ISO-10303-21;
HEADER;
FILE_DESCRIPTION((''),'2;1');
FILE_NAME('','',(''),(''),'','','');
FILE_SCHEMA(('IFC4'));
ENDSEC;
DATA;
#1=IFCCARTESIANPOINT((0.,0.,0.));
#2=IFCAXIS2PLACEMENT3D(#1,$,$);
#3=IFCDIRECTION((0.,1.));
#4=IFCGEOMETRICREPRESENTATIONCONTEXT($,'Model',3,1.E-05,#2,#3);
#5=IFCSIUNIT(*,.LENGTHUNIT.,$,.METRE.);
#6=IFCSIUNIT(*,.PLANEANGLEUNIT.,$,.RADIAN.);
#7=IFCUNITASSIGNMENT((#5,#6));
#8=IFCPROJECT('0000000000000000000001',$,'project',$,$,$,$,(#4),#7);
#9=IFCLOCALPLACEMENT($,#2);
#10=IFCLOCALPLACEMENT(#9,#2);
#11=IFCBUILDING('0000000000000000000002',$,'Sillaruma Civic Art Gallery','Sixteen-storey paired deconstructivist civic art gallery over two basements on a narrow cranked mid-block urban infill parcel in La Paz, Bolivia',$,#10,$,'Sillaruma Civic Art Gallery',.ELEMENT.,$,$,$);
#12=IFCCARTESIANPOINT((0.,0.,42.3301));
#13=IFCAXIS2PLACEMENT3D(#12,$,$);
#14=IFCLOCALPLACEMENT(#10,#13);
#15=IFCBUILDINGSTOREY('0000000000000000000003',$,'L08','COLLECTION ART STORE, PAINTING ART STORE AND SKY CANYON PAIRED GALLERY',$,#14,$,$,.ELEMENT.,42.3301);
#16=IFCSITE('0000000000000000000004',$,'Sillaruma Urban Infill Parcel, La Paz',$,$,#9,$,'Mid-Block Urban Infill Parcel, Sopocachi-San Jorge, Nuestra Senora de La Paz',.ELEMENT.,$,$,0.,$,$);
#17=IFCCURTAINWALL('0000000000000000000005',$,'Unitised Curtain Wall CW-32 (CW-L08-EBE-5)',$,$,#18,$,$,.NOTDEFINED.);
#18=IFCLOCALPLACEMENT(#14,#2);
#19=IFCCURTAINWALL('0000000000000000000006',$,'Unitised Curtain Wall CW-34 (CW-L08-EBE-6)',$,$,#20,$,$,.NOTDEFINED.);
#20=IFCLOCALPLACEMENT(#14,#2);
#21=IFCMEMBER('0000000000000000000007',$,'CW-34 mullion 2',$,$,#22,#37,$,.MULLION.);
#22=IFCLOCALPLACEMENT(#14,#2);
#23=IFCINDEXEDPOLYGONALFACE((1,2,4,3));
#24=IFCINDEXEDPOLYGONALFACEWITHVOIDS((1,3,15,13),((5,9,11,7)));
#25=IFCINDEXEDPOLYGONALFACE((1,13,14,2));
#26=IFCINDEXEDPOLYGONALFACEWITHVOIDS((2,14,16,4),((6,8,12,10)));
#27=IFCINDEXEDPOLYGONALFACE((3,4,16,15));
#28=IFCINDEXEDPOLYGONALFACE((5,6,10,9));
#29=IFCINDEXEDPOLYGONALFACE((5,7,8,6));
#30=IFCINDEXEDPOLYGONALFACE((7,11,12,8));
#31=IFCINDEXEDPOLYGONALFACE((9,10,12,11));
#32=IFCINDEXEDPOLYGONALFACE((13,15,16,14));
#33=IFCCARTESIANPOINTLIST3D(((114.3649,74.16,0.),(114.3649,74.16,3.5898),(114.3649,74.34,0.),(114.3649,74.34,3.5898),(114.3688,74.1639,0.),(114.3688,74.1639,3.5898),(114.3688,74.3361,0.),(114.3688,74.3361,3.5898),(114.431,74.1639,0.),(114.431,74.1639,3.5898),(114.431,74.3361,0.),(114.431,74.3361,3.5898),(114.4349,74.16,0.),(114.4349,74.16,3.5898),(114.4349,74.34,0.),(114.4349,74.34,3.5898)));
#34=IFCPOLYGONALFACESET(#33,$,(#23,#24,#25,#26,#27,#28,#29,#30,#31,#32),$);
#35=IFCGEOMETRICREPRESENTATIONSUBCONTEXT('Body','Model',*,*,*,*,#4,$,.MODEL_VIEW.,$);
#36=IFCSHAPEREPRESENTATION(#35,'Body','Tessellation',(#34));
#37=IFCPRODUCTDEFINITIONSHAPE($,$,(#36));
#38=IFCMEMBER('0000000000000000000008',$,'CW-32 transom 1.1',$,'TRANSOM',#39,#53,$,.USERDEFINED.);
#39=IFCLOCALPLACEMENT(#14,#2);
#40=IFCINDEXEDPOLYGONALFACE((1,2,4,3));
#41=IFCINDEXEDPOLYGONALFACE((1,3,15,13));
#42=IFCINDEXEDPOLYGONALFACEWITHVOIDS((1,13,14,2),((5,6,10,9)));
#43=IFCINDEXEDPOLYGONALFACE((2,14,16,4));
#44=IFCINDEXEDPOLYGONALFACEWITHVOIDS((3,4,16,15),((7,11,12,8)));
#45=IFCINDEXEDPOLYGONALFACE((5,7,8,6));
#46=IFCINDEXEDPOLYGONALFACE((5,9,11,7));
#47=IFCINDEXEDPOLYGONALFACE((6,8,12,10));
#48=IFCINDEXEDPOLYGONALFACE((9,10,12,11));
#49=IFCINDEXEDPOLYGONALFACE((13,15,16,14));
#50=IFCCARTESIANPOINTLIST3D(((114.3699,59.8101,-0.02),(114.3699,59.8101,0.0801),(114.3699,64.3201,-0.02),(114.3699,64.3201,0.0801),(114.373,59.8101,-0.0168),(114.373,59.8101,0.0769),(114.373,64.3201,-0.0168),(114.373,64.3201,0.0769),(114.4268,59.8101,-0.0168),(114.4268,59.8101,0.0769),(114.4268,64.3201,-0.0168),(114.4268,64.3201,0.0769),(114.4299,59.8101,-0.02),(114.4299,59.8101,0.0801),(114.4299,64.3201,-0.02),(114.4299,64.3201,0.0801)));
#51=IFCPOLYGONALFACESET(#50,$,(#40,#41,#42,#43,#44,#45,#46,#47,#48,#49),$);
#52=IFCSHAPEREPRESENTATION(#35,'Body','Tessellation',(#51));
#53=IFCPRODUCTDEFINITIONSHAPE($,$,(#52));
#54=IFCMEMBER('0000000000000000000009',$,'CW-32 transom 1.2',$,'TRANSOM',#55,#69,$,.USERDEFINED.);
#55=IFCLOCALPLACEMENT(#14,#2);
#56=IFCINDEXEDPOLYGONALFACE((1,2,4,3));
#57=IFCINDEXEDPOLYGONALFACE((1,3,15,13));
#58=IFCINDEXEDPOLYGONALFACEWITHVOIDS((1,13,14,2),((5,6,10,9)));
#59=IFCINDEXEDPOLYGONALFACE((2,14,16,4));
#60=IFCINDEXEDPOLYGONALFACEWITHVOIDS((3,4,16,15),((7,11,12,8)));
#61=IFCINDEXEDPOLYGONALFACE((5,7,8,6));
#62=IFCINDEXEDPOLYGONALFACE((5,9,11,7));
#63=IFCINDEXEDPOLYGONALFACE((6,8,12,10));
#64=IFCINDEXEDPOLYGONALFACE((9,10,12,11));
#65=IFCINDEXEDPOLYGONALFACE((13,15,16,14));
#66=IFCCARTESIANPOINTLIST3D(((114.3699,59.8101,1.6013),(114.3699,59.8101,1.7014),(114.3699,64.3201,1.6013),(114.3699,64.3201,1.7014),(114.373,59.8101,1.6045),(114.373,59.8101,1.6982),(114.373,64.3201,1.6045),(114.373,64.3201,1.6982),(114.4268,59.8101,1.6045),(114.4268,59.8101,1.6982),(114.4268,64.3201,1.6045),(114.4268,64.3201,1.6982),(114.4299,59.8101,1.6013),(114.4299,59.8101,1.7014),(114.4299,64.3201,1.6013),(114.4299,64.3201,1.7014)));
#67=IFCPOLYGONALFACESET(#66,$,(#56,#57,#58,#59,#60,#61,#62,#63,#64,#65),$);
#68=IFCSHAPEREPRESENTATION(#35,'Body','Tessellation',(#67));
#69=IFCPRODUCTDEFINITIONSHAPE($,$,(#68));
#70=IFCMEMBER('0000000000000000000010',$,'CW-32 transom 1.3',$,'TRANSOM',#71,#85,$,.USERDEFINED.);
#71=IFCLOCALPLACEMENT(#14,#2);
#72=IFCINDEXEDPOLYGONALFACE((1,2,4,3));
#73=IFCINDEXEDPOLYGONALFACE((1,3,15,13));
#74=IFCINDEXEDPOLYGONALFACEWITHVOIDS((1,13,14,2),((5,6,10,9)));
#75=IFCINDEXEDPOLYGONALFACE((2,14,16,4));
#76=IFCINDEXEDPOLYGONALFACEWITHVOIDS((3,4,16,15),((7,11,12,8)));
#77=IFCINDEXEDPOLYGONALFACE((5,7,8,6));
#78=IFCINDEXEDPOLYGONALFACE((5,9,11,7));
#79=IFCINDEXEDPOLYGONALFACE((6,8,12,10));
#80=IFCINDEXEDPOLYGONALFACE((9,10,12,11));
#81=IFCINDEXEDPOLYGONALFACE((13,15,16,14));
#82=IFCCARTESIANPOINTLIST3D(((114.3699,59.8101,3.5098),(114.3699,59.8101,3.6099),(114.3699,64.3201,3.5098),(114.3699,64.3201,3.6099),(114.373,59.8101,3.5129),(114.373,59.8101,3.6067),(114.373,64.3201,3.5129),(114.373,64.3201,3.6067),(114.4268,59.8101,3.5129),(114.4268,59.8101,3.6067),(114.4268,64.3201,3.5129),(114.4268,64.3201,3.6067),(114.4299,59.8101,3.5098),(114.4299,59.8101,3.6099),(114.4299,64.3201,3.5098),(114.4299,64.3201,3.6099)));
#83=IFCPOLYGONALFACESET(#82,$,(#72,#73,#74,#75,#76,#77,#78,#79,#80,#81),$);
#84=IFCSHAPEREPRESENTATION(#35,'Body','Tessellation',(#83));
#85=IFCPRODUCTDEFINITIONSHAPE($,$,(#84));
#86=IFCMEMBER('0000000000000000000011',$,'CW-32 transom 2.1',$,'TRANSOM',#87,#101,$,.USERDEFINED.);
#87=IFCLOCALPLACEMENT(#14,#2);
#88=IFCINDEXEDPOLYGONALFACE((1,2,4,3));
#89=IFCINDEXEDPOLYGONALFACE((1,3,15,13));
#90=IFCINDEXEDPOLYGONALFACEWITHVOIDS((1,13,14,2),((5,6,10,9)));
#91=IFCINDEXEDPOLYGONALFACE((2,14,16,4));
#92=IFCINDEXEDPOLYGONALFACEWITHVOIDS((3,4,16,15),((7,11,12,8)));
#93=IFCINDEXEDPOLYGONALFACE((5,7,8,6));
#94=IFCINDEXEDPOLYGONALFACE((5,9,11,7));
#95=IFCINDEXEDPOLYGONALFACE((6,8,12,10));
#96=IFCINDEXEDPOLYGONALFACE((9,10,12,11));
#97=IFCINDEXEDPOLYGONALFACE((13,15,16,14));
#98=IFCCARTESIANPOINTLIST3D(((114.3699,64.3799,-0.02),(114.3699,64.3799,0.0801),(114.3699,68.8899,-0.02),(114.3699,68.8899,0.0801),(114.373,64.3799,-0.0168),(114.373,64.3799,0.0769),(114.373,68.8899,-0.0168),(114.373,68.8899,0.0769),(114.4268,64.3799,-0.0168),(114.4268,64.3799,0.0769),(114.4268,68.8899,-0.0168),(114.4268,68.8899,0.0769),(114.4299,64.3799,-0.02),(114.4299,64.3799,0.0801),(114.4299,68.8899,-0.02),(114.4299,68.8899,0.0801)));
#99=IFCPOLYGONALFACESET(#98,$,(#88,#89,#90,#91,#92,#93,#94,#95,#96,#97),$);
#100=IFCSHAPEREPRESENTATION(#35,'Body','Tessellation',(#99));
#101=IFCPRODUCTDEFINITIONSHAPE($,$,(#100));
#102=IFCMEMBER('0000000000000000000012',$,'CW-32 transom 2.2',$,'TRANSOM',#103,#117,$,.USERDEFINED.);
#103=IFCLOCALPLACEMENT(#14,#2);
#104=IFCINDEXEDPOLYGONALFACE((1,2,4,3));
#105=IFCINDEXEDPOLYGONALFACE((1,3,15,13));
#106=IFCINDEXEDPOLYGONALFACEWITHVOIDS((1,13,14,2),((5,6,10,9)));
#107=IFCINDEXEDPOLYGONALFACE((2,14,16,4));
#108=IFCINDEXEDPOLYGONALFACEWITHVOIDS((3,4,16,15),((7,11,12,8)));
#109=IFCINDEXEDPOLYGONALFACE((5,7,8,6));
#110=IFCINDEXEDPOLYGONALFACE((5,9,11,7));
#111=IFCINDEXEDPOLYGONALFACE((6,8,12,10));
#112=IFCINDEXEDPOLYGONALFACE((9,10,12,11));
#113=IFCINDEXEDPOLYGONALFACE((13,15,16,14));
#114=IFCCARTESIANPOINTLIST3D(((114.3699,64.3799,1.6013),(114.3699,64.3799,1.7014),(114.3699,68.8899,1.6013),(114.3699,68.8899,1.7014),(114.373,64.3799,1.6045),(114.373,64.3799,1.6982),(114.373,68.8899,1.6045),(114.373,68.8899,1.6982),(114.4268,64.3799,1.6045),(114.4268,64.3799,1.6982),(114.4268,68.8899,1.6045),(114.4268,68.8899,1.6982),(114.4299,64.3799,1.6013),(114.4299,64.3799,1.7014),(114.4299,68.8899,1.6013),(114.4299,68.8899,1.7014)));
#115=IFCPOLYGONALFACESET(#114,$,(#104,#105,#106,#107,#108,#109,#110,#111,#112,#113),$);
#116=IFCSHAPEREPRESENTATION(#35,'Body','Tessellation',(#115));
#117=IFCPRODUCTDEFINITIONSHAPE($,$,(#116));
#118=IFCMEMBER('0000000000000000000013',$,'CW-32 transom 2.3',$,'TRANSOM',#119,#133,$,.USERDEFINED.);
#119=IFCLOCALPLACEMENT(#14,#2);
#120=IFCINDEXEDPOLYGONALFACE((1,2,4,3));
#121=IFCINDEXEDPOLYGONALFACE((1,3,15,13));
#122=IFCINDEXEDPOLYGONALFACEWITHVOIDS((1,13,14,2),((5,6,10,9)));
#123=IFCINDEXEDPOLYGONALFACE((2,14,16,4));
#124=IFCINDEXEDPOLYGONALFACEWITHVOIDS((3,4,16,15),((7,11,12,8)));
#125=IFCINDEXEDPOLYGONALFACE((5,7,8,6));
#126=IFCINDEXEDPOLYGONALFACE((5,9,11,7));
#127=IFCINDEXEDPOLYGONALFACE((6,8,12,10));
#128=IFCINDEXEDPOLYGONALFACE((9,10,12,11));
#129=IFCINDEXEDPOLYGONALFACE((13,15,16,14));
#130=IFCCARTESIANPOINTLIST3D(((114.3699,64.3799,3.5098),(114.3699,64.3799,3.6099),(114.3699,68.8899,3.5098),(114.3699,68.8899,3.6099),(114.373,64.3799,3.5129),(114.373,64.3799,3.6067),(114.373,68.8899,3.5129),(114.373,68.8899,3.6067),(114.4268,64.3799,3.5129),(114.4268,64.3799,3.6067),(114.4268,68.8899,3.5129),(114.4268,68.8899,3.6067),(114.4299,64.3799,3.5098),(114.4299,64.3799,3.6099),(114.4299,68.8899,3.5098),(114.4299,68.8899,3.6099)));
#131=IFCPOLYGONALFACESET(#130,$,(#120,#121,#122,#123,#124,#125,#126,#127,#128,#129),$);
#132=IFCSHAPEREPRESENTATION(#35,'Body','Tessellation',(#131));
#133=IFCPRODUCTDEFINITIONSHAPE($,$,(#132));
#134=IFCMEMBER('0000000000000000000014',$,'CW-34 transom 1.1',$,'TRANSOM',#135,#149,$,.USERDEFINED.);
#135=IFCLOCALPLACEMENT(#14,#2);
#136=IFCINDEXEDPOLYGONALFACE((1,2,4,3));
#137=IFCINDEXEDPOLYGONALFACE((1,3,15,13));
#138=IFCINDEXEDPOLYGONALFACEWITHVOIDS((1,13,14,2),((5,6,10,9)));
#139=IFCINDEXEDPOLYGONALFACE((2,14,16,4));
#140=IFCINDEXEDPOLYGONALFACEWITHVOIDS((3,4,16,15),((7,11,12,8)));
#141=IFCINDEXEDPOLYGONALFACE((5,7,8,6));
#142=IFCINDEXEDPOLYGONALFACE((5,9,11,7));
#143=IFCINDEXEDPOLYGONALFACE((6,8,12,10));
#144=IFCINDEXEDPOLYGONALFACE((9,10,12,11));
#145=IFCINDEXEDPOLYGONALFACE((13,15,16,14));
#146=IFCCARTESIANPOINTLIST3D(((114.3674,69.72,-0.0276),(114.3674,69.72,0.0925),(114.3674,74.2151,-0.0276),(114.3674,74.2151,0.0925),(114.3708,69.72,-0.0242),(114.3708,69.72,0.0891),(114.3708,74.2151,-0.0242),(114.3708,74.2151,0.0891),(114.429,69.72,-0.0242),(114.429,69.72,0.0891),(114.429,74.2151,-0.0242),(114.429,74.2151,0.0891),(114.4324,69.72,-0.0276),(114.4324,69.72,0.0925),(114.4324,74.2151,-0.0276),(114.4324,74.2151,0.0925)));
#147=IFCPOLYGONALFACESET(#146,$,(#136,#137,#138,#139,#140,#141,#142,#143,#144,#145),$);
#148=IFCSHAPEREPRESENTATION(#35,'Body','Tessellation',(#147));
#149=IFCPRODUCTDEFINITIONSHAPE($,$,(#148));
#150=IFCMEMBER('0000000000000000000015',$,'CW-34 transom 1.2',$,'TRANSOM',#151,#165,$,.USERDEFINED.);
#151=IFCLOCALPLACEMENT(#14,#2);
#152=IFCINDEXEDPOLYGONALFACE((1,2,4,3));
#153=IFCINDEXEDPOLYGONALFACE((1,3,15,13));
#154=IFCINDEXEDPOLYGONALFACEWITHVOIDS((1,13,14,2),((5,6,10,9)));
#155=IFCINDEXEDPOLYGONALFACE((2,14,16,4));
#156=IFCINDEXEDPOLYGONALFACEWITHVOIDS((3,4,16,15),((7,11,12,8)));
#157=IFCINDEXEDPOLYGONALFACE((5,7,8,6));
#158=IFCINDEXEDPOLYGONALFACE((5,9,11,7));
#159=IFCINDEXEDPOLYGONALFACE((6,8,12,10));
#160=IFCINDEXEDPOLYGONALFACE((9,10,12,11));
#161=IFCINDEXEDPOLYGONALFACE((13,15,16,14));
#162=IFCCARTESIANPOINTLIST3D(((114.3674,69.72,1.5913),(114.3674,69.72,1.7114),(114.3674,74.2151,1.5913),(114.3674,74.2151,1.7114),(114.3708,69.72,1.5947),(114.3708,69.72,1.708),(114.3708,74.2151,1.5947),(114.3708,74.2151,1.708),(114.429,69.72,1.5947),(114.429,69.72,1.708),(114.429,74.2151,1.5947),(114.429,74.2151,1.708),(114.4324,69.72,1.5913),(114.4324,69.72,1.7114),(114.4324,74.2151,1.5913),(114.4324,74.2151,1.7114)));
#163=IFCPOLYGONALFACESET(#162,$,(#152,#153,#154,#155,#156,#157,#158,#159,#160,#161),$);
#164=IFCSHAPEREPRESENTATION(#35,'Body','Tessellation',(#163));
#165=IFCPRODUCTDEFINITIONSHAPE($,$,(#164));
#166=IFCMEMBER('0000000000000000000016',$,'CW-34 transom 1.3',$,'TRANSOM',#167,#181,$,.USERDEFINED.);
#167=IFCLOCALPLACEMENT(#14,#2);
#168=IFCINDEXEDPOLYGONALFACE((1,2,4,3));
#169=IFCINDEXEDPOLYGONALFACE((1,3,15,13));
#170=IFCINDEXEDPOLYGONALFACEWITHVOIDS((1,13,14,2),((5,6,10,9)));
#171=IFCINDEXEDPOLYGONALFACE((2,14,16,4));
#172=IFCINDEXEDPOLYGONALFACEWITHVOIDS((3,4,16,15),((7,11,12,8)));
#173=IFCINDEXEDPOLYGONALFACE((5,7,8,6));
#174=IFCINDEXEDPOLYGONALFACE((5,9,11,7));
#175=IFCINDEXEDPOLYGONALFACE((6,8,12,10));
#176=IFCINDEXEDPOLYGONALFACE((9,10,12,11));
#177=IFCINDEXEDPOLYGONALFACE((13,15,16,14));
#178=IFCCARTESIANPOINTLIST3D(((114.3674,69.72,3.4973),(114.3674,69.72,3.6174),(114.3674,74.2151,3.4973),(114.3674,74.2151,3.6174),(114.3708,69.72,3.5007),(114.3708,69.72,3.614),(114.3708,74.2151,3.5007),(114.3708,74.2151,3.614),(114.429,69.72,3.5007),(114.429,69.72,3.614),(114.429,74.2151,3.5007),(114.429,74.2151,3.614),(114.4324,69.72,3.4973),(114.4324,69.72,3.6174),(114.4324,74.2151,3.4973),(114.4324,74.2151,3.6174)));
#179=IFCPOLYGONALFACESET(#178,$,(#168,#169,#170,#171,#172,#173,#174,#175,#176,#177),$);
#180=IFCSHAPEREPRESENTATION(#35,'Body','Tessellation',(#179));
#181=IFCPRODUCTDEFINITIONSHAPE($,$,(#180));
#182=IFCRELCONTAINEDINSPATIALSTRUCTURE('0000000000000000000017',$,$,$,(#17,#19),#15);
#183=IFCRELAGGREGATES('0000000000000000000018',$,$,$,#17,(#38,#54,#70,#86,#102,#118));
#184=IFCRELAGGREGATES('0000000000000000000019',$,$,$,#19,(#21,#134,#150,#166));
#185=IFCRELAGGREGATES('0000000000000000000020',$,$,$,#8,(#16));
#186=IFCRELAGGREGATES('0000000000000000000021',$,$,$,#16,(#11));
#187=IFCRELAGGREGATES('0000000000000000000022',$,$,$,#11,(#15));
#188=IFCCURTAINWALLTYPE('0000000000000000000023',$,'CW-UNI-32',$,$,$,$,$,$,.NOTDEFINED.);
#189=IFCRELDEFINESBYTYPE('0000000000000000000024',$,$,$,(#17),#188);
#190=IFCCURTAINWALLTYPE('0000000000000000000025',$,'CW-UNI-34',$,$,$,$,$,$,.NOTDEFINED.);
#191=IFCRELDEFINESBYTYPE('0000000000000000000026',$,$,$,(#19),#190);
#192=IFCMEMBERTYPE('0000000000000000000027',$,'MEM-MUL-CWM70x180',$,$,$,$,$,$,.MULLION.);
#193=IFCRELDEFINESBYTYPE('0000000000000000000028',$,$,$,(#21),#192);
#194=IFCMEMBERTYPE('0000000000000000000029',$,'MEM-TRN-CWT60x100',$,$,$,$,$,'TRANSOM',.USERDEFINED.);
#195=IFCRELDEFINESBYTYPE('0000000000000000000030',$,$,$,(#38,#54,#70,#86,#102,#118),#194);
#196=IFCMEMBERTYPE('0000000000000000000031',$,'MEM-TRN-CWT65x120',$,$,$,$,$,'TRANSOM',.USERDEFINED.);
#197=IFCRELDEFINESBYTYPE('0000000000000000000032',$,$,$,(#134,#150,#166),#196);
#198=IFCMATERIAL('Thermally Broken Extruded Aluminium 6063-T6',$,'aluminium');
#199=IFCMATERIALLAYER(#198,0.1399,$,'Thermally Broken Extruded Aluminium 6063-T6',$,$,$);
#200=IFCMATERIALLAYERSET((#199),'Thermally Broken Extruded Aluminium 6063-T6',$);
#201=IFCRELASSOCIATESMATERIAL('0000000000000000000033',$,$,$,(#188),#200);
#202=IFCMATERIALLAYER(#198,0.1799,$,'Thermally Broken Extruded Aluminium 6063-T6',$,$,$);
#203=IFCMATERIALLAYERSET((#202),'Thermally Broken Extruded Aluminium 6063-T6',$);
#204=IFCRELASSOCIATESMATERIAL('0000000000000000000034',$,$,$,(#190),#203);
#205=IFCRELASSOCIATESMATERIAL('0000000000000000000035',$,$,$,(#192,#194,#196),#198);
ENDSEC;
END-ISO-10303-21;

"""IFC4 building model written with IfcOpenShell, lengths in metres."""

from ifc_helpers import new_model, si_unit, direction, frame, origin, origin_2d, place, context, subcontext, project, spatial, hollow_rectangle, extrude, material, layer, layer_set, material_profile, profile_set, type_object, element, aggregate, save


model = new_model("IFC4")

# Units and contexts
model_context = context("Model", 3, precision=1e-05, world=origin(), true_north=direction((0.0, 1.0)))
body_context = subcontext(model_context, "Body", "Model", "MODEL_VIEW")
ifc_project = project(units=[si_unit("LENGTHUNIT", "METRE"), si_unit("PLANEANGLEUNIT", "RADIAN")], contexts=[model_context])

# Site, building, storey
site_placement = place(None, origin())
site = spatial("IfcSite", under=ifc_project, at=site_placement, Name="Sillaruma Urban Infill Parcel, La Paz", LongName="Mid-Block Urban Infill Parcel, Sopocachi-San Jorge, Nuestra Senora de La Paz", CompositionType="ELEMENT", RefElevation=0.0)
building_placement = place(site_placement, origin())
building = spatial("IfcBuilding", under=site, at=building_placement, Name="Sillaruma Civic Art Gallery", Description="Sixteen-storey paired deconstructivist civic art gallery over two basements on a narrow cranked mid-block urban infill parcel in La Paz, Bolivia", LongName="Sillaruma Civic Art Gallery", CompositionType="ELEMENT")
storey_placement = place(building_placement, frame((0.0, 0.0, 42.3301)))
storey = spatial("IfcBuildingStorey", under=building, at=storey_placement, Name="L08", Description="COLLECTION ART STORE, PAINTING ART STORE AND SKY CANYON PAIRED GALLERY", CompositionType="ELEMENT", Elevation=42.3301)

# Shared definitions
ifc_material_1 = material(Name="Thermally Broken Extruded Aluminium 6063-T6", Category="aluminium")

# Curtain walls, member
ifc_layer_1 = layer(ifc_material_1, 0.1399, Name="Thermally Broken Extruded Aluminium 6063-T6")
ifc_layer_set_1 = layer_set([ifc_layer_1], Name="Thermally Broken Extruded Aluminium 6063-T6")
curtain_wall_type_1 = type_object("IfcCurtainWallType", Name="CW-UNI-32", PredefinedType="NOTDEFINED", material=ifc_layer_set_1)
curtain_wall_1_placement = place(storey_placement, origin())
curtain_wall_1 = element("IfcCurtainWall", 1, at=curtain_wall_1_placement, inside=storey, type_object=curtain_wall_type_1, Name="Unitised Curtain Wall CW-32 (CW-L08-EBE-5)", PredefinedType="NOTDEFINED")
ifc_layer_2 = layer(ifc_material_1, 0.1799, Name="Thermally Broken Extruded Aluminium 6063-T6")
ifc_layer_set_2 = layer_set([ifc_layer_2], Name="Thermally Broken Extruded Aluminium 6063-T6")
curtain_wall_type_2 = type_object("IfcCurtainWallType", Name="CW-UNI-34", PredefinedType="NOTDEFINED", material=ifc_layer_set_2)
curtain_wall_2_placement = place(storey_placement, origin())
curtain_wall_2 = element("IfcCurtainWall", 2, at=curtain_wall_2_placement, inside=storey, type_object=curtain_wall_type_2, Name="Unitised Curtain Wall CW-34 (CW-L08-EBE-6)", PredefinedType="NOTDEFINED")
ifc_material_profile_1 = material_profile(ifc_material_1, hollow_rectangle(XDim=0.0701, YDim=0.1799, WallThickness=0.0039, at=origin_2d()), Name="CWM70x180")
ifc_profile_set_1 = profile_set([ifc_material_profile_1], Name="Thermally Broken Extruded Aluminium 6063-T6")
member_type_1 = type_object("IfcMemberType", Name="MEM-MUL-CWM70x180", PredefinedType="MULLION", material=ifc_profile_set_1)
member_1_placement = place(storey_placement, frame((114.3999, 74.25, 0.0), z_axis=(0.0, 0.0, 1.0), x_axis=(-1.0, 0.0, 0.0)))
member_1 = element("IfcMember", 3, at=member_1_placement, type_object=member_type_1, Name="CW-34 mullion 2", PredefinedType="MULLION", context=body_context, shape_type="SweptSolid", body=[
    extrude(hollow_rectangle(XDim=0.0701, YDim=0.1799, WallThickness=0.0039, at=origin_2d()), origin(), (0.0, 0.0, 1.0), 3.5898),
])

# Members
ifc_material_profile_2 = material_profile(ifc_material_1, hollow_rectangle(XDim=0.0601, YDim=0.1001, WallThickness=0.0032, at=origin_2d()), Name="CWT60x100")
ifc_profile_set_2 = profile_set([ifc_material_profile_2], Name="Thermally Broken Extruded Aluminium 6063-T6")
member_type_2 = type_object("IfcMemberType", Name="MEM-TRN-CWT60x100", ElementType="TRANSOM", PredefinedType="USERDEFINED", material=ifc_profile_set_2)
member_2_placement = place(storey_placement, frame((114.3999, 59.8101, 0.03), z_axis=(0.0, 1.0, 0.0), x_axis=(-1.0, 0.0, 0.0)))
member_2 = element("IfcMember", 4, at=member_2_placement, type_object=member_type_2, Name="CW-32 transom 1.1", ObjectType="TRANSOM", PredefinedType="USERDEFINED", context=body_context, shape_type="SweptSolid", body=[
    extrude(hollow_rectangle(XDim=0.0601, YDim=0.1001, WallThickness=0.0032, at=origin_2d()), origin(), (0.0, 0.0, 1.0), 4.51),
])
member_3_placement = place(storey_placement, frame((114.3999, 59.8101, 1.6514), z_axis=(0.0, 1.0, 0.0), x_axis=(-1.0, 0.0, 0.0)))
member_3 = element("IfcMember", 5, at=member_3_placement, type_object=member_type_2, Name="CW-32 transom 1.2", ObjectType="TRANSOM", PredefinedType="USERDEFINED", context=body_context, shape_type="SweptSolid", body=[
    extrude(hollow_rectangle(XDim=0.0601, YDim=0.1001, WallThickness=0.0032, at=origin_2d()), origin(), (0.0, 0.0, 1.0), 4.51),
])
member_4_placement = place(storey_placement, frame((114.3999, 59.8101, 3.5598), z_axis=(0.0, 1.0, 0.0), x_axis=(-1.0, 0.0, 0.0)))
member_4 = element("IfcMember", 6, at=member_4_placement, type_object=member_type_2, Name="CW-32 transom 1.3", ObjectType="TRANSOM", PredefinedType="USERDEFINED", context=body_context, shape_type="SweptSolid", body=[
    extrude(hollow_rectangle(XDim=0.0601, YDim=0.1001, WallThickness=0.0032, at=origin_2d()), origin(), (0.0, 0.0, 1.0), 4.51),
])
member_5_placement = place(storey_placement, frame((114.3999, 64.3799, 0.03), z_axis=(0.0, 1.0, 0.0), x_axis=(-1.0, 0.0, 0.0)))
member_5 = element("IfcMember", 7, at=member_5_placement, type_object=member_type_2, Name="CW-32 transom 2.1", ObjectType="TRANSOM", PredefinedType="USERDEFINED", context=body_context, shape_type="SweptSolid", body=[
    extrude(hollow_rectangle(XDim=0.0601, YDim=0.1001, WallThickness=0.0032, at=origin_2d()), origin(), (0.0, 0.0, 1.0), 4.51),
])
member_6_placement = place(storey_placement, frame((114.3999, 64.3799, 1.6514), z_axis=(0.0, 1.0, 0.0), x_axis=(-1.0, 0.0, 0.0)))
member_6 = element("IfcMember", 8, at=member_6_placement, type_object=member_type_2, Name="CW-32 transom 2.2", ObjectType="TRANSOM", PredefinedType="USERDEFINED", context=body_context, shape_type="SweptSolid", body=[
    extrude(hollow_rectangle(XDim=0.0601, YDim=0.1001, WallThickness=0.0032, at=origin_2d()), origin(), (0.0, 0.0, 1.0), 4.51),
])
member_7_placement = place(storey_placement, frame((114.3999, 64.3799, 3.5598), z_axis=(0.0, 1.0, 0.0), x_axis=(-1.0, 0.0, 0.0)))
member_7 = element("IfcMember", 9, at=member_7_placement, type_object=member_type_2, Name="CW-32 transom 2.3", ObjectType="TRANSOM", PredefinedType="USERDEFINED", context=body_context, shape_type="SweptSolid", body=[
    extrude(hollow_rectangle(XDim=0.0601, YDim=0.1001, WallThickness=0.0032, at=origin_2d()), origin(), (0.0, 0.0, 1.0), 4.51),
])
ifc_material_profile_3 = material_profile(ifc_material_1, hollow_rectangle(XDim=0.0649, YDim=0.1201, WallThickness=0.0034, at=origin_2d()), Name="CWT65x120")
ifc_profile_set_3 = profile_set([ifc_material_profile_3], Name="Thermally Broken Extruded Aluminium 6063-T6")
member_type_3 = type_object("IfcMemberType", Name="MEM-TRN-CWT65x120", ElementType="TRANSOM", PredefinedType="USERDEFINED", material=ifc_profile_set_3)
member_8_placement = place(storey_placement, frame((114.3999, 69.72, 0.0325), z_axis=(0.0, 1.0, 0.0), x_axis=(-1.0, 0.0, 0.0)))
member_8 = element("IfcMember", 10, at=member_8_placement, type_object=member_type_3, Name="CW-34 transom 1.1", ObjectType="TRANSOM", PredefinedType="USERDEFINED", context=body_context, shape_type="SweptSolid", body=[
    extrude(hollow_rectangle(XDim=0.0649, YDim=0.1201, WallThickness=0.0034, at=origin_2d()), origin(), (0.0, 0.0, 1.0), 4.4951),
])
member_9_placement = place(storey_placement, frame((114.3999, 69.72, 1.6514), z_axis=(0.0, 1.0, 0.0), x_axis=(-1.0, 0.0, 0.0)))
member_9 = element("IfcMember", 11, at=member_9_placement, type_object=member_type_3, Name="CW-34 transom 1.2", ObjectType="TRANSOM", PredefinedType="USERDEFINED", context=body_context, shape_type="SweptSolid", body=[
    extrude(hollow_rectangle(XDim=0.0649, YDim=0.1201, WallThickness=0.0034, at=origin_2d()), origin(), (0.0, 0.0, 1.0), 4.4951),
])
member_10_placement = place(storey_placement, frame((114.3999, 69.72, 3.5574), z_axis=(0.0, 1.0, 0.0), x_axis=(-1.0, 0.0, 0.0)))
member_10 = element("IfcMember", 12, at=member_10_placement, type_object=member_type_3, Name="CW-34 transom 1.3", ObjectType="TRANSOM", PredefinedType="USERDEFINED", context=body_context, shape_type="SweptSolid", body=[
    extrude(hollow_rectangle(XDim=0.0649, YDim=0.1201, WallThickness=0.0034, at=origin_2d()), origin(), (0.0, 0.0, 1.0), 4.4951),
])

aggregate(curtain_wall_1, [member_2, member_3, member_4, member_5, member_6, member_7])
aggregate(curtain_wall_2, [member_1, member_8, member_9, member_10])

save(model, "model.ifc")
